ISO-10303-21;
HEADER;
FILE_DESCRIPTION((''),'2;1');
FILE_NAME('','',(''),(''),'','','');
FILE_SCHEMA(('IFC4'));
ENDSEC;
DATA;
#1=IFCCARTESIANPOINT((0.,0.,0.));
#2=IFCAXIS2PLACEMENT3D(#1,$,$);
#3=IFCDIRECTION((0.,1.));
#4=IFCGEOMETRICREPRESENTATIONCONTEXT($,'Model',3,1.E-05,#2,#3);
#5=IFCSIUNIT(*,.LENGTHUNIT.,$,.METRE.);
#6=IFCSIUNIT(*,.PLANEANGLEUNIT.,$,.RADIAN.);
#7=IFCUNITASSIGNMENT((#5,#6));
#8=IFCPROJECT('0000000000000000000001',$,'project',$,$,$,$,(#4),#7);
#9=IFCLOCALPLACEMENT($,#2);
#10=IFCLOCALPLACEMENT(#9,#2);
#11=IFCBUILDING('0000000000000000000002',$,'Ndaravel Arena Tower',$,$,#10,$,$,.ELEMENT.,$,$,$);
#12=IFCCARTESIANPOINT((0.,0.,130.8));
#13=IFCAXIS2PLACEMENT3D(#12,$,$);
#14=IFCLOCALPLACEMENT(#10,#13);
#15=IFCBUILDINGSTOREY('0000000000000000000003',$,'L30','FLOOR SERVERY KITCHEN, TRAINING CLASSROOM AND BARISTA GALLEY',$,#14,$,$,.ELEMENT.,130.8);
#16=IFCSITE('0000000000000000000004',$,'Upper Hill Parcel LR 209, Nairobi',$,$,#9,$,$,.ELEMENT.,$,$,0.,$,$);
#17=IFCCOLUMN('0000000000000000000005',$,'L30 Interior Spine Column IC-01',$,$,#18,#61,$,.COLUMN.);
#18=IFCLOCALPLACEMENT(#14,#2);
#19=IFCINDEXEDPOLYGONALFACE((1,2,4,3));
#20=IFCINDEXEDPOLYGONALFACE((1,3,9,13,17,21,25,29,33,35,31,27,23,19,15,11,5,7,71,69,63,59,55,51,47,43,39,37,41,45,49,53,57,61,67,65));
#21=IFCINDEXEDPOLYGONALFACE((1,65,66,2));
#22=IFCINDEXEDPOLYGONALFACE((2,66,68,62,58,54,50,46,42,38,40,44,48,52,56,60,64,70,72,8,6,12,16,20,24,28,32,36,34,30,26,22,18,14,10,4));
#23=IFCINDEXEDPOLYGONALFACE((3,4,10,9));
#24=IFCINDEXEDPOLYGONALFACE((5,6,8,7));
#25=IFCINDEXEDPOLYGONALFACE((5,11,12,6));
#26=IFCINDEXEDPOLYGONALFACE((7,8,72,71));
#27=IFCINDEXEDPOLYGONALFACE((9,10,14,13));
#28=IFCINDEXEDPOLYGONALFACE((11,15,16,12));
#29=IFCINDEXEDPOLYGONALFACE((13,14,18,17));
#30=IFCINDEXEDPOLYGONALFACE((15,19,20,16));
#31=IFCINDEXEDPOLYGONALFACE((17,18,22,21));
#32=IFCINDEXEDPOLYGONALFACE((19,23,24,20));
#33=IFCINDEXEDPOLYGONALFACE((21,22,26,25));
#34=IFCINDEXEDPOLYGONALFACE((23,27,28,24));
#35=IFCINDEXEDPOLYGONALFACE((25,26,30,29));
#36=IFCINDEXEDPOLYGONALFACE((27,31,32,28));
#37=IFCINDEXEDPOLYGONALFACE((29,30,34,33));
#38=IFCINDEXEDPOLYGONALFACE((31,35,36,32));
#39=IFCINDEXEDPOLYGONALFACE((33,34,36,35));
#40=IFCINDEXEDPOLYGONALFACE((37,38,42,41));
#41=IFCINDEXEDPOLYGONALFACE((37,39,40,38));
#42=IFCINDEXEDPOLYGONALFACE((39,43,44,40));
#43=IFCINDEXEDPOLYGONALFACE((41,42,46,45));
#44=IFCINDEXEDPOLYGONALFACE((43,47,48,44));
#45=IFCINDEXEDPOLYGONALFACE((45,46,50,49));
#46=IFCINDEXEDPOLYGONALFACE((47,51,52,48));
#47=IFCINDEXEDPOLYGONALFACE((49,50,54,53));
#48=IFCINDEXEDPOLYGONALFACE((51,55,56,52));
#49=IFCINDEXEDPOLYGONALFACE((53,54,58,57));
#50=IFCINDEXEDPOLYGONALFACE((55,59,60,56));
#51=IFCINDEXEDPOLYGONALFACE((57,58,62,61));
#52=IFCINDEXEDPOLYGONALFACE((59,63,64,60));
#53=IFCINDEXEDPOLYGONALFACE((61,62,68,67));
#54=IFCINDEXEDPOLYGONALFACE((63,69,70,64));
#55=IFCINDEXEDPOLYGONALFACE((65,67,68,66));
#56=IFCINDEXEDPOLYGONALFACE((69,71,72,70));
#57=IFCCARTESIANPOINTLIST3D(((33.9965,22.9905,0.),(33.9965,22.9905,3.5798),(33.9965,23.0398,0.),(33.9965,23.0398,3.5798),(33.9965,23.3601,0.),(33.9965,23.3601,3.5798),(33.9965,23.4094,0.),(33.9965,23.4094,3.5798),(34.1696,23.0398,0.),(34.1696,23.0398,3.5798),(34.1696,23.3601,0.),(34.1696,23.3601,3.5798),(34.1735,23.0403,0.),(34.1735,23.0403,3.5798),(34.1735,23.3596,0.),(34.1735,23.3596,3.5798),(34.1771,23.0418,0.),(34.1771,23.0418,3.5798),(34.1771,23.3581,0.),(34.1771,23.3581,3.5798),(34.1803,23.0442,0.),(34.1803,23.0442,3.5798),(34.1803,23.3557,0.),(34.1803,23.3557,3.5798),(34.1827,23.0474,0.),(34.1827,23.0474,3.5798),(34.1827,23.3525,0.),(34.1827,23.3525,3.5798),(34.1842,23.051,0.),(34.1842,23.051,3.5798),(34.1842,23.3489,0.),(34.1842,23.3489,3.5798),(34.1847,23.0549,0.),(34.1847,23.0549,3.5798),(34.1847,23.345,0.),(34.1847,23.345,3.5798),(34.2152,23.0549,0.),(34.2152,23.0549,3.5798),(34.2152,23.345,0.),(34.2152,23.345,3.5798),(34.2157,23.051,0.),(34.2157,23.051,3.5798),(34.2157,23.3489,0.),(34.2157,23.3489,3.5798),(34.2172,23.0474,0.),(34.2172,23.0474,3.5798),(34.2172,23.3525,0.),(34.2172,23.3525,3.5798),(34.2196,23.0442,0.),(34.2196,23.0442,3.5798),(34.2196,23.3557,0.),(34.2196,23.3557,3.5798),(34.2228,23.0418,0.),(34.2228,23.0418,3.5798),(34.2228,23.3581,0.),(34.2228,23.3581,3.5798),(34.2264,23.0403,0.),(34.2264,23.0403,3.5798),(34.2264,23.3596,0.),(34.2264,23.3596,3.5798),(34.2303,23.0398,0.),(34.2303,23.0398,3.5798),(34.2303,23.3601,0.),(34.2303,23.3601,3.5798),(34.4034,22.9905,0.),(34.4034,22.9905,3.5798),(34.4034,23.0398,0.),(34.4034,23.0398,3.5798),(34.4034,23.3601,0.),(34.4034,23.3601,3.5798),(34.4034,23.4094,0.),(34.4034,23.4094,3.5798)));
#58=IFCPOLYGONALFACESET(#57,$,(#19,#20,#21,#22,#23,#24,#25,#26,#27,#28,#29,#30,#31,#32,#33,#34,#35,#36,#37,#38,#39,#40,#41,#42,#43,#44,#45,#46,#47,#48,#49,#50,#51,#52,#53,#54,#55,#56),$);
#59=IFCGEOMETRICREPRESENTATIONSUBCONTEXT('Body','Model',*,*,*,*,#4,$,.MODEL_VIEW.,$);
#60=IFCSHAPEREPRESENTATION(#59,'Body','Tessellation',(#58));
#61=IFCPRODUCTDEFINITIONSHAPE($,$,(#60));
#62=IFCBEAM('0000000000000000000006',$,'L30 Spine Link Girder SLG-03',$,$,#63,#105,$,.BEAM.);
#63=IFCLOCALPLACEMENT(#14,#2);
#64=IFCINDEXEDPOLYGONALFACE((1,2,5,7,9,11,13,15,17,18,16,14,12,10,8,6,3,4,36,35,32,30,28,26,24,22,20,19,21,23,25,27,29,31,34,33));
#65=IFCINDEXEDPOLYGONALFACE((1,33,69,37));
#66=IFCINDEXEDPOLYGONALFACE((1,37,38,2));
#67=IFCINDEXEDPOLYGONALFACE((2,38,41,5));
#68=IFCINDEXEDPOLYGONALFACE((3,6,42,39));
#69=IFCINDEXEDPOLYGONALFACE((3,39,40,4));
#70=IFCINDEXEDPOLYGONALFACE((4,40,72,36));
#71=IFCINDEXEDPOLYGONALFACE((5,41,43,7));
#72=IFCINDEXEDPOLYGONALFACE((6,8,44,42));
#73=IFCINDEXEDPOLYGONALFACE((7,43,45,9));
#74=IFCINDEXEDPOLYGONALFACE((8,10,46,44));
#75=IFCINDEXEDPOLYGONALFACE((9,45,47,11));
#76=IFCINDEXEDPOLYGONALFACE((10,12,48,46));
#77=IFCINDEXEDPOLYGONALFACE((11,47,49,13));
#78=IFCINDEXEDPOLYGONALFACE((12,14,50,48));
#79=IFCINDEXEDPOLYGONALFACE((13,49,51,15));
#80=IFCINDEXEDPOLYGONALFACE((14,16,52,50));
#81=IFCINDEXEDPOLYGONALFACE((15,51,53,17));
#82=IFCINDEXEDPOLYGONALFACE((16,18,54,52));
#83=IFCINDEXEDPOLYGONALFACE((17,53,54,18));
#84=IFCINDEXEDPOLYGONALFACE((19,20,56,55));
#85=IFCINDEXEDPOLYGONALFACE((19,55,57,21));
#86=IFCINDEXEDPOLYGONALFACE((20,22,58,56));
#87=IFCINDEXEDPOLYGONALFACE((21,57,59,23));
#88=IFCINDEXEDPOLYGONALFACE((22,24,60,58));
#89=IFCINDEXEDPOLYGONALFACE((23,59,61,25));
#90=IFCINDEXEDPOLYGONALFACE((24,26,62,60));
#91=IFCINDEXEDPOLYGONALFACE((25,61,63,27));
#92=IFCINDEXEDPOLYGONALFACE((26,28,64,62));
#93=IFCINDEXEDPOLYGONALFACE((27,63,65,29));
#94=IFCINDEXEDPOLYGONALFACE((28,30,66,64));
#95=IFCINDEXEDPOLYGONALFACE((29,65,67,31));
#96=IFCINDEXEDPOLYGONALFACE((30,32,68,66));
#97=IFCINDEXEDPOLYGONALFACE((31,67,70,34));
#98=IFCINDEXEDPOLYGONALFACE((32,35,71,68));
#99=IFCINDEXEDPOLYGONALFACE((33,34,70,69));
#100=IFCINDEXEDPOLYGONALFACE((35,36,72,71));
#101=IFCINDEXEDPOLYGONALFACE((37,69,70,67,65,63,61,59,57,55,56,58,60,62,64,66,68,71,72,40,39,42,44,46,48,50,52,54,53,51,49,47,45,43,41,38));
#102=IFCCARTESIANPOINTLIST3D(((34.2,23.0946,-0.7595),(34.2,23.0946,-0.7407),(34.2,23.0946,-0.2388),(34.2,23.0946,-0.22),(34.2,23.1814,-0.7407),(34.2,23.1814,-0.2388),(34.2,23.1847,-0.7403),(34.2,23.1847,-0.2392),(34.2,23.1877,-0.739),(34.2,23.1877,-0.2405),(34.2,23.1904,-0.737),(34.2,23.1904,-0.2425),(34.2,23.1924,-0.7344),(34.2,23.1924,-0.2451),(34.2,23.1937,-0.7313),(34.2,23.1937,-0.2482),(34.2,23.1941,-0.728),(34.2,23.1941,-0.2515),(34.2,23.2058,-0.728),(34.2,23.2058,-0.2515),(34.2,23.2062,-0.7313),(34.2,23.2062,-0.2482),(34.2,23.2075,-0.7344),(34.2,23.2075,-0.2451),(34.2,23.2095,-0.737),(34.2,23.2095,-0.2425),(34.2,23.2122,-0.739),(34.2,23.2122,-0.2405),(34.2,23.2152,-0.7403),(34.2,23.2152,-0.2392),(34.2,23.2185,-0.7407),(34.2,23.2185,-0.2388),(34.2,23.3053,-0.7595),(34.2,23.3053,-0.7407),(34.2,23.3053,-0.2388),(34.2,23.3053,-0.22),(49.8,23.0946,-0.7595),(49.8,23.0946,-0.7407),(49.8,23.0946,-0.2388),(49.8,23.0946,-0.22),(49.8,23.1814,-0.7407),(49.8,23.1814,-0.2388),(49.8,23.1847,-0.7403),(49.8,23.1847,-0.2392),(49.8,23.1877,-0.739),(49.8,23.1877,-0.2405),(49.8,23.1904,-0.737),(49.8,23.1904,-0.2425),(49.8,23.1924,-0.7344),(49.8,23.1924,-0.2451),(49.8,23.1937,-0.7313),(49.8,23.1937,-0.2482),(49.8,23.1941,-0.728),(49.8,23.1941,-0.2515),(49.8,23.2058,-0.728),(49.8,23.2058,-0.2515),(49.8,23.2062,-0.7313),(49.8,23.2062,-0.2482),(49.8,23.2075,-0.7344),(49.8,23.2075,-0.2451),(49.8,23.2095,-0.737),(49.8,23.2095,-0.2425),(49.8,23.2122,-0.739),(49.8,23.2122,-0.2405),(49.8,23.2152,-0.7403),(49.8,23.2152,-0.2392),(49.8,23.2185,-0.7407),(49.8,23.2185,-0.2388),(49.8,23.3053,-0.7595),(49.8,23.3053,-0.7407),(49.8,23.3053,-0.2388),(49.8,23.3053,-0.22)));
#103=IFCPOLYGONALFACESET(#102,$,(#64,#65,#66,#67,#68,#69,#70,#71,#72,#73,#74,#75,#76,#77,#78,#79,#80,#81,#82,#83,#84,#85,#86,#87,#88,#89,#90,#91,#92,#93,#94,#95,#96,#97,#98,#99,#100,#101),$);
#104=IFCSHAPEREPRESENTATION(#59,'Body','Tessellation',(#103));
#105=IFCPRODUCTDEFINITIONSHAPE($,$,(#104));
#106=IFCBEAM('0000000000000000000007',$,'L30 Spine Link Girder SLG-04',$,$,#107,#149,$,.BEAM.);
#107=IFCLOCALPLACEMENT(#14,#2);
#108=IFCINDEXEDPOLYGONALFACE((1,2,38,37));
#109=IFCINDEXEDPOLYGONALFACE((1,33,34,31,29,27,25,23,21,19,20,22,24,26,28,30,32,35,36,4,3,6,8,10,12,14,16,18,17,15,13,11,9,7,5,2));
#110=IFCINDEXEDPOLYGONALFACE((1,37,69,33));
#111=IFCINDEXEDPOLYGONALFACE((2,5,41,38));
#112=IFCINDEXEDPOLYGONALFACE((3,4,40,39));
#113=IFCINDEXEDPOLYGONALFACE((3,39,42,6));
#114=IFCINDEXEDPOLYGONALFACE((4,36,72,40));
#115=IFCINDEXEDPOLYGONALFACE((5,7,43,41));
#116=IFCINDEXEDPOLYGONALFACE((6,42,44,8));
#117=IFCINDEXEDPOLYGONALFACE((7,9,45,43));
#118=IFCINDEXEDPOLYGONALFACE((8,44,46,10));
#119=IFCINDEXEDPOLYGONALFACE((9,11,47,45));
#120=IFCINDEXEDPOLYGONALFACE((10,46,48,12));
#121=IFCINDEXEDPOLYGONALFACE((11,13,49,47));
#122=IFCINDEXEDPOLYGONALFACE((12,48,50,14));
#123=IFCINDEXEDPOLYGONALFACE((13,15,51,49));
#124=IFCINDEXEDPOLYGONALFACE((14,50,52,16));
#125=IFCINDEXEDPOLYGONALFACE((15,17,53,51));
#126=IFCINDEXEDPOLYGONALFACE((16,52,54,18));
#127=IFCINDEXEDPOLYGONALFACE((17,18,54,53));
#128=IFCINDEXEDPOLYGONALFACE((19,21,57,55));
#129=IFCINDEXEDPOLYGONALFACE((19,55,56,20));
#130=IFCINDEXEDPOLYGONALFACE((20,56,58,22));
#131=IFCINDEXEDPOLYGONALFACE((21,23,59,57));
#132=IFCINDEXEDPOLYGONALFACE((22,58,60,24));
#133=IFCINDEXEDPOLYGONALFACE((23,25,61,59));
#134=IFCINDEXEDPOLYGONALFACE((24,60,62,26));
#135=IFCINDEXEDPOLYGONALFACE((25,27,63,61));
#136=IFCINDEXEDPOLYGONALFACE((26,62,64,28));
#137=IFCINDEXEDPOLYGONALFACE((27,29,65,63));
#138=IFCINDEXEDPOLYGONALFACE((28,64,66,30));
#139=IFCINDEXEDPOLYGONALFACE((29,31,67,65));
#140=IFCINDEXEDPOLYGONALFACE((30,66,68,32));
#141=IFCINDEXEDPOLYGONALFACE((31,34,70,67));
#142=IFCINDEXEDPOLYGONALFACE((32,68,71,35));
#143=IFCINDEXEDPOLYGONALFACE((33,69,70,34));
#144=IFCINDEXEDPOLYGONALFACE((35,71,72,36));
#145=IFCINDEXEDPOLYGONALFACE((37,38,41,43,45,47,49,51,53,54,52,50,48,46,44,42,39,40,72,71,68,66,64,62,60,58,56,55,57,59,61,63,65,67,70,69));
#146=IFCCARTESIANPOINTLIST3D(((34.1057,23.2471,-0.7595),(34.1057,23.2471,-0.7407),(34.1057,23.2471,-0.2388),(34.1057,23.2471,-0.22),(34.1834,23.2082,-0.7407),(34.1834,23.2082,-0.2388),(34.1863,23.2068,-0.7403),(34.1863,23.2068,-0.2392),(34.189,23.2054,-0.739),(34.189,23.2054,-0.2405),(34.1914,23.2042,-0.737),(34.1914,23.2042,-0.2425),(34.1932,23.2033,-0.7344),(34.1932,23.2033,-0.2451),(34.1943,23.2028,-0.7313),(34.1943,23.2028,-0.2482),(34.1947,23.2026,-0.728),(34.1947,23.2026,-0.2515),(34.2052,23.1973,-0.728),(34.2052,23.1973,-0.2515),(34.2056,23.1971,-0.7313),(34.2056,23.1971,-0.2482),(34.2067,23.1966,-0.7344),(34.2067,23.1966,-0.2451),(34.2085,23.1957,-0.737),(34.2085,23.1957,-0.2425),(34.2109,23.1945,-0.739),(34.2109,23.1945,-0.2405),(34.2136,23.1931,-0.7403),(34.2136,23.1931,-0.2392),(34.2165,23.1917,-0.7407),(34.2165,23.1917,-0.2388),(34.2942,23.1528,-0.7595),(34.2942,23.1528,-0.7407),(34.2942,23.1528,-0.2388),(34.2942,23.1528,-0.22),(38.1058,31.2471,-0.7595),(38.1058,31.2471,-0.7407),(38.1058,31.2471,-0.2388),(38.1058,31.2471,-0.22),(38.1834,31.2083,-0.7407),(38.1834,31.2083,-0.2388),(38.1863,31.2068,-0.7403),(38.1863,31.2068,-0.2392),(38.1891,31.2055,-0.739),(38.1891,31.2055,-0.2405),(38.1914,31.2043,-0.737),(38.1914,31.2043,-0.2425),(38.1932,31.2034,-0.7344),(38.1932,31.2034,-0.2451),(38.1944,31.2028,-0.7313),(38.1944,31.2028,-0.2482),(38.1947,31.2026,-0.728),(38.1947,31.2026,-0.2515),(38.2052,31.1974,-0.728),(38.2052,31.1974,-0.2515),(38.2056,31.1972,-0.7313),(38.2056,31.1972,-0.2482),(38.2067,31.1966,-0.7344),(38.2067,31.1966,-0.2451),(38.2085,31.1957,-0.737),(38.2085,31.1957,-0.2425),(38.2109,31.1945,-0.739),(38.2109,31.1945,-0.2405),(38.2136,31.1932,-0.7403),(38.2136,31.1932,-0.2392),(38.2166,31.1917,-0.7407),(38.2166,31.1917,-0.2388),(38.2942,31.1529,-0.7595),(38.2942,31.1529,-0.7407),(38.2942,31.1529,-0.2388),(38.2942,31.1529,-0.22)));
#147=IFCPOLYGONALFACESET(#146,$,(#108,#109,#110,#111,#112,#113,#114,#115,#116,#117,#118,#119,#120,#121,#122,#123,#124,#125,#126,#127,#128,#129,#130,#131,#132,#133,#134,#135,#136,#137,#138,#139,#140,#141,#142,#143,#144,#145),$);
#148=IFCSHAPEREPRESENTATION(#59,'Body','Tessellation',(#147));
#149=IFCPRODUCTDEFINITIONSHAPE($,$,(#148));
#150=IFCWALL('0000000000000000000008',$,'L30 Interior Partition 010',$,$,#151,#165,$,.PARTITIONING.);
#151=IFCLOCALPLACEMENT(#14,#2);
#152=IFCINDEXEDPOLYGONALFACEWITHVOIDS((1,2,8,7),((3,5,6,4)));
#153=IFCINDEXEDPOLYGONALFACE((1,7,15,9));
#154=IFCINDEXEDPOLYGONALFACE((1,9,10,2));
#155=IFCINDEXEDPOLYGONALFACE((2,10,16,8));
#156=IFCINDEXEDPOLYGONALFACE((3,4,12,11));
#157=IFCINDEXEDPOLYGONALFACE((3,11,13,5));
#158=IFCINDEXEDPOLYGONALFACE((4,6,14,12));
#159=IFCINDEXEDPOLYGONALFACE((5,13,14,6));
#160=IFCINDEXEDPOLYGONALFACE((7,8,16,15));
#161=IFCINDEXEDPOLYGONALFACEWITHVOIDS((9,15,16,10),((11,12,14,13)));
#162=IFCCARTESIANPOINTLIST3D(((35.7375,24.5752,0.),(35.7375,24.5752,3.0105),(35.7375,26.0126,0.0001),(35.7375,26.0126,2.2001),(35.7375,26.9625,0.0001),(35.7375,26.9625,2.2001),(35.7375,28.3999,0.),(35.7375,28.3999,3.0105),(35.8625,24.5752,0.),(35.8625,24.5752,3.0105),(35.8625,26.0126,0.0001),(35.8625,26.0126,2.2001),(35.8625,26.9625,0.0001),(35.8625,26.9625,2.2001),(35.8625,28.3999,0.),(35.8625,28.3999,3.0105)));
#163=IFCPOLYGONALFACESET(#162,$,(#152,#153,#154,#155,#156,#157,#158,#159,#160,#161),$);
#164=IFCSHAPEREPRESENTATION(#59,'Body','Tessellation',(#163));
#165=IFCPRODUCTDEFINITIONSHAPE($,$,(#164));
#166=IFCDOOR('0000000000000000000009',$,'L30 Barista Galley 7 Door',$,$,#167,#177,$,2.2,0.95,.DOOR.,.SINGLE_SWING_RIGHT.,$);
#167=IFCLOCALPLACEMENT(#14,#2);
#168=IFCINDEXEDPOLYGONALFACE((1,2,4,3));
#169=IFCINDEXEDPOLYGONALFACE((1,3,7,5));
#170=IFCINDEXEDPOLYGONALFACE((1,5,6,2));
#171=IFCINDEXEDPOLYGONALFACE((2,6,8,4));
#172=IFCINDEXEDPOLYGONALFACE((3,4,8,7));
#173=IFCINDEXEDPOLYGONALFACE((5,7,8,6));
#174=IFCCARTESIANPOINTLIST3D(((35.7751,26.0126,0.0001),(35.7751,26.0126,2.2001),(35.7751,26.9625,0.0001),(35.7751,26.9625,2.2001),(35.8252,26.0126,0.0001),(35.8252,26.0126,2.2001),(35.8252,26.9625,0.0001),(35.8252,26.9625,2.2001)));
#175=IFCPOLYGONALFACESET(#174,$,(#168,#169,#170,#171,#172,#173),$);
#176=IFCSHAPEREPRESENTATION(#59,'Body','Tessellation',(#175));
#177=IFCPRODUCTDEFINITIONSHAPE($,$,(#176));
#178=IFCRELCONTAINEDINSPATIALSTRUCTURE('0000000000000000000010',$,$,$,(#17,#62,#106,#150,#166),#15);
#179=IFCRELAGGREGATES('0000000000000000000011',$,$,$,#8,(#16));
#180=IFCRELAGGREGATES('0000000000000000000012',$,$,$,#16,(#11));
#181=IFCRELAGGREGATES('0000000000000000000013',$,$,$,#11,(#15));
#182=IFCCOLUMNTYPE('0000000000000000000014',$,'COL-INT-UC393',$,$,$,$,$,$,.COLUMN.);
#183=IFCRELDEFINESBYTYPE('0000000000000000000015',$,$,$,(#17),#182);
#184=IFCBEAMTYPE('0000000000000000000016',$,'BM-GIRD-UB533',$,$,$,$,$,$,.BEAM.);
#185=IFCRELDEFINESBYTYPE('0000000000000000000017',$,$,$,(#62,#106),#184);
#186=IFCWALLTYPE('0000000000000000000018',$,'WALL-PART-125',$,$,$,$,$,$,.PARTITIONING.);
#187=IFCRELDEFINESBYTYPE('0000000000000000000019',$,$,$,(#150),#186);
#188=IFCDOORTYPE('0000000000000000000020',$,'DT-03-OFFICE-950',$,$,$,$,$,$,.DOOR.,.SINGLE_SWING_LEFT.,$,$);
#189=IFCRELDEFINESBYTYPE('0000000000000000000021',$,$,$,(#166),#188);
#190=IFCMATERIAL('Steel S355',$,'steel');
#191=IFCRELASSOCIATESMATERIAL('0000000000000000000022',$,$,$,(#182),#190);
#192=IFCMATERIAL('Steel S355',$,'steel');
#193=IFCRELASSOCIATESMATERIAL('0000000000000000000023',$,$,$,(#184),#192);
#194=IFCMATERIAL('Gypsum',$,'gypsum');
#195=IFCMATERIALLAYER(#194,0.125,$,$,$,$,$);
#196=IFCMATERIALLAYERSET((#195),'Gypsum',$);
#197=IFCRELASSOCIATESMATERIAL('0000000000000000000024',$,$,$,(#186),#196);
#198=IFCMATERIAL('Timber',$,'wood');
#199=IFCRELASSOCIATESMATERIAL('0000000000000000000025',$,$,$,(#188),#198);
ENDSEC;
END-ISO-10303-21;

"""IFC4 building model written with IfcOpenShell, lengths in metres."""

from ifc_helpers import new_model, si_unit, direction, frame, frame_2d, origin, origin_2d, place, context, subcontext, project, spatial, rectangle, i_section, extrude, material, layer, layer_set, material_profile, profile_set, type_object, element, fill, save


model = new_model("IFC4")

# Units and contexts
model_context = context("Model", 3, precision=1e-05, world=origin(), true_north=direction((0.0, 1.0)))
body_context = subcontext(model_context, "Body", "Model", "MODEL_VIEW")
ifc_project = project(units=[si_unit("LENGTHUNIT", "METRE"), si_unit("PLANEANGLEUNIT", "RADIAN")], contexts=[model_context])

# Site, building, storey
site_placement = place(None, origin())
site = spatial("IfcSite", under=ifc_project, at=site_placement, Name="Upper Hill Parcel LR 209, Nairobi", CompositionType="ELEMENT", RefElevation=0.0)
building_placement = place(site_placement, origin())
building = spatial("IfcBuilding", under=site, at=building_placement, Name="Ndaravel Arena Tower", CompositionType="ELEMENT")
storey_placement = place(building_placement, frame((0.0, 0.0, 130.8)))
storey = spatial("IfcBuildingStorey", under=building, at=storey_placement, Name="L30", Description="FLOOR SERVERY KITCHEN, TRAINING CLASSROOM AND BARISTA GALLEY", CompositionType="ELEMENT", Elevation=130.8)

# Column
ifc_material_1 = material(Name="Steel S355", Category="steel")
ifc_material_profile_1 = material_profile(ifc_material_1, i_section(OverallWidth=0.407, OverallDepth=0.4189, WebThickness=0.0305, FlangeThickness=0.0493, FilletRadius=0.0151, at=origin_2d()), Name="UC 356x406x393")
ifc_profile_set_1 = profile_set([ifc_material_profile_1], Name="Steel S355")
column_type = type_object("IfcColumnType", Name="COL-INT-UC393", PredefinedType="COLUMN", material=ifc_profile_set_1)
column_placement = place(storey_placement, frame((34.2, 23.2, 0.0), z_axis=(0.0, 0.0, 1.0), x_axis=(1.0, 0.0, 0.0)))
element("IfcColumn", 1, at=column_placement, inside=storey, type_object=column_type, Name="L30 Interior Spine Column IC-01", PredefinedType="COLUMN", context=body_context, shape_type="SweptSolid", body=[
    extrude(i_section(OverallWidth=0.407, OverallDepth=0.4189, WebThickness=0.0305, FlangeThickness=0.0493, FilletRadius=0.0151, at=origin_2d()), origin(), (0.0, 0.0, 1.0), 3.5798),
])

# Beams
ifc_material_2 = material(Name="Steel S355", Category="steel")
ifc_material_profile_2 = material_profile(ifc_material_2, i_section(OverallWidth=0.2107, OverallDepth=0.5396, WebThickness=0.0117, FlangeThickness=0.0188, FilletRadius=0.0127, at=origin_2d()), Name="UB 533x210x109")
ifc_profile_set_2 = profile_set([ifc_material_profile_2], Name="Steel S355")
beam_type = type_object("IfcBeamType", Name="BM-GIRD-UB533", PredefinedType="BEAM", material=ifc_profile_set_2)
beam_1_placement = place(storey_placement, frame((34.2, 23.2, -0.4897), z_axis=(1.0, 0.0, 0.0), x_axis=(0.0, 1.0, 0.0)))
element("IfcBeam", 2, at=beam_1_placement, inside=storey, type_object=beam_type, Name="L30 Spine Link Girder SLG-03", PredefinedType="BEAM", context=body_context, shape_type="SweptSolid", body=[
    extrude(i_section(OverallWidth=0.2107, OverallDepth=0.5396, WebThickness=0.0117, FlangeThickness=0.0188, FilletRadius=0.0127, at=origin_2d()), origin(), (0.0, 0.0, 1.0), 15.6001),
])
beam_2_placement = place(storey_placement, frame((34.2, 23.2, -0.4897), z_axis=(0.447214, 0.894427, 0.0), x_axis=(-0.894427, 0.447214, 0.0)))
element("IfcBeam", 3, at=beam_2_placement, inside=storey, type_object=beam_type, Name="L30 Spine Link Girder SLG-04", PredefinedType="BEAM", context=body_context, shape_type="SweptSolid", body=[
    extrude(i_section(OverallWidth=0.2107, OverallDepth=0.5396, WebThickness=0.0117, FlangeThickness=0.0188, FilletRadius=0.0127, at=origin_2d()), origin(), (0.0, 0.0, 1.0), 8.9443),
])

# Wall, opening, door
ifc_material_3 = material(Name="Gypsum", Category="gypsum")
ifc_layer_1 = layer(ifc_material_3, 0.125)
ifc_layer_set_1 = layer_set([ifc_layer_1], Name="Gypsum")
wall_type_1 = type_object("IfcWallType", Name="WALL-PART-125", PredefinedType="PARTITIONING", material=ifc_layer_set_1)
wall_1_placement = place(storey_placement, frame((35.8, 24.5752, 0.0), z_axis=(0.0, 0.0, 1.0), x_axis=(0.0, 1.0, 0.0)))
wall_1 = element("IfcWall", 4, at=wall_1_placement, inside=storey, type_object=wall_type_1, Name="L30 Interior Partition 010", PredefinedType="PARTITIONING", context=body_context, shape_type="SweptSolid", body=[
    extrude(rectangle(XDim=3.8247, YDim=0.125, at=frame_2d((1.9124, 0.0))), origin(), (0.0, 0.0, 1.0), 3.0105),
])
opening_1_placement = place(wall_1_placement, frame((1.4373, 0.0, 0.0)))
opening_1 = element("IfcOpeningElement", 5, at=opening_1_placement, cuts=wall_1, PredefinedType="OPENING", context=body_context, shape_type="SweptSolid", body=[
    extrude(rectangle(XDim=0.95, YDim=2.2, at=frame_2d((0.4751, 1.1001))), frame((0.0, 0.0625, 0.0), z_axis=(0.0, -1.0, 0.0), x_axis=(1.0, 0.0, 0.0)), (0.0, 0.0, 1.0), 0.125),
])
ifc_material_4 = material(Name="Timber", Category="wood")
door_type_1 = type_object("IfcDoorType", Name="DT-03-OFFICE-950", OperationType="SINGLE_SWING_LEFT", PredefinedType="DOOR", material=ifc_material_4)
door_1_placement = place(opening_1_placement, origin())
door_1 = element("IfcDoor", 6, at=door_1_placement, inside=storey, type_object=door_type_1, Name="L30 Barista Galley 7 Door", OperationType="SINGLE_SWING_RIGHT", OverallHeight=2.2, OverallWidth=0.95, PredefinedType="DOOR", context=body_context, shape_type="SweptSolid", body=[
    extrude(rectangle(XDim=0.95, YDim=2.2, at=frame_2d((0.4751, 1.1001))), frame((0.0, 0.0249, 0.0), z_axis=(0.0, -1.0, 0.0), x_axis=(1.0, 0.0, 0.0)), (0.0, 0.0, 1.0), 0.05),
])
fill(opening_1, door_1)

save(model, "model.ifc")
